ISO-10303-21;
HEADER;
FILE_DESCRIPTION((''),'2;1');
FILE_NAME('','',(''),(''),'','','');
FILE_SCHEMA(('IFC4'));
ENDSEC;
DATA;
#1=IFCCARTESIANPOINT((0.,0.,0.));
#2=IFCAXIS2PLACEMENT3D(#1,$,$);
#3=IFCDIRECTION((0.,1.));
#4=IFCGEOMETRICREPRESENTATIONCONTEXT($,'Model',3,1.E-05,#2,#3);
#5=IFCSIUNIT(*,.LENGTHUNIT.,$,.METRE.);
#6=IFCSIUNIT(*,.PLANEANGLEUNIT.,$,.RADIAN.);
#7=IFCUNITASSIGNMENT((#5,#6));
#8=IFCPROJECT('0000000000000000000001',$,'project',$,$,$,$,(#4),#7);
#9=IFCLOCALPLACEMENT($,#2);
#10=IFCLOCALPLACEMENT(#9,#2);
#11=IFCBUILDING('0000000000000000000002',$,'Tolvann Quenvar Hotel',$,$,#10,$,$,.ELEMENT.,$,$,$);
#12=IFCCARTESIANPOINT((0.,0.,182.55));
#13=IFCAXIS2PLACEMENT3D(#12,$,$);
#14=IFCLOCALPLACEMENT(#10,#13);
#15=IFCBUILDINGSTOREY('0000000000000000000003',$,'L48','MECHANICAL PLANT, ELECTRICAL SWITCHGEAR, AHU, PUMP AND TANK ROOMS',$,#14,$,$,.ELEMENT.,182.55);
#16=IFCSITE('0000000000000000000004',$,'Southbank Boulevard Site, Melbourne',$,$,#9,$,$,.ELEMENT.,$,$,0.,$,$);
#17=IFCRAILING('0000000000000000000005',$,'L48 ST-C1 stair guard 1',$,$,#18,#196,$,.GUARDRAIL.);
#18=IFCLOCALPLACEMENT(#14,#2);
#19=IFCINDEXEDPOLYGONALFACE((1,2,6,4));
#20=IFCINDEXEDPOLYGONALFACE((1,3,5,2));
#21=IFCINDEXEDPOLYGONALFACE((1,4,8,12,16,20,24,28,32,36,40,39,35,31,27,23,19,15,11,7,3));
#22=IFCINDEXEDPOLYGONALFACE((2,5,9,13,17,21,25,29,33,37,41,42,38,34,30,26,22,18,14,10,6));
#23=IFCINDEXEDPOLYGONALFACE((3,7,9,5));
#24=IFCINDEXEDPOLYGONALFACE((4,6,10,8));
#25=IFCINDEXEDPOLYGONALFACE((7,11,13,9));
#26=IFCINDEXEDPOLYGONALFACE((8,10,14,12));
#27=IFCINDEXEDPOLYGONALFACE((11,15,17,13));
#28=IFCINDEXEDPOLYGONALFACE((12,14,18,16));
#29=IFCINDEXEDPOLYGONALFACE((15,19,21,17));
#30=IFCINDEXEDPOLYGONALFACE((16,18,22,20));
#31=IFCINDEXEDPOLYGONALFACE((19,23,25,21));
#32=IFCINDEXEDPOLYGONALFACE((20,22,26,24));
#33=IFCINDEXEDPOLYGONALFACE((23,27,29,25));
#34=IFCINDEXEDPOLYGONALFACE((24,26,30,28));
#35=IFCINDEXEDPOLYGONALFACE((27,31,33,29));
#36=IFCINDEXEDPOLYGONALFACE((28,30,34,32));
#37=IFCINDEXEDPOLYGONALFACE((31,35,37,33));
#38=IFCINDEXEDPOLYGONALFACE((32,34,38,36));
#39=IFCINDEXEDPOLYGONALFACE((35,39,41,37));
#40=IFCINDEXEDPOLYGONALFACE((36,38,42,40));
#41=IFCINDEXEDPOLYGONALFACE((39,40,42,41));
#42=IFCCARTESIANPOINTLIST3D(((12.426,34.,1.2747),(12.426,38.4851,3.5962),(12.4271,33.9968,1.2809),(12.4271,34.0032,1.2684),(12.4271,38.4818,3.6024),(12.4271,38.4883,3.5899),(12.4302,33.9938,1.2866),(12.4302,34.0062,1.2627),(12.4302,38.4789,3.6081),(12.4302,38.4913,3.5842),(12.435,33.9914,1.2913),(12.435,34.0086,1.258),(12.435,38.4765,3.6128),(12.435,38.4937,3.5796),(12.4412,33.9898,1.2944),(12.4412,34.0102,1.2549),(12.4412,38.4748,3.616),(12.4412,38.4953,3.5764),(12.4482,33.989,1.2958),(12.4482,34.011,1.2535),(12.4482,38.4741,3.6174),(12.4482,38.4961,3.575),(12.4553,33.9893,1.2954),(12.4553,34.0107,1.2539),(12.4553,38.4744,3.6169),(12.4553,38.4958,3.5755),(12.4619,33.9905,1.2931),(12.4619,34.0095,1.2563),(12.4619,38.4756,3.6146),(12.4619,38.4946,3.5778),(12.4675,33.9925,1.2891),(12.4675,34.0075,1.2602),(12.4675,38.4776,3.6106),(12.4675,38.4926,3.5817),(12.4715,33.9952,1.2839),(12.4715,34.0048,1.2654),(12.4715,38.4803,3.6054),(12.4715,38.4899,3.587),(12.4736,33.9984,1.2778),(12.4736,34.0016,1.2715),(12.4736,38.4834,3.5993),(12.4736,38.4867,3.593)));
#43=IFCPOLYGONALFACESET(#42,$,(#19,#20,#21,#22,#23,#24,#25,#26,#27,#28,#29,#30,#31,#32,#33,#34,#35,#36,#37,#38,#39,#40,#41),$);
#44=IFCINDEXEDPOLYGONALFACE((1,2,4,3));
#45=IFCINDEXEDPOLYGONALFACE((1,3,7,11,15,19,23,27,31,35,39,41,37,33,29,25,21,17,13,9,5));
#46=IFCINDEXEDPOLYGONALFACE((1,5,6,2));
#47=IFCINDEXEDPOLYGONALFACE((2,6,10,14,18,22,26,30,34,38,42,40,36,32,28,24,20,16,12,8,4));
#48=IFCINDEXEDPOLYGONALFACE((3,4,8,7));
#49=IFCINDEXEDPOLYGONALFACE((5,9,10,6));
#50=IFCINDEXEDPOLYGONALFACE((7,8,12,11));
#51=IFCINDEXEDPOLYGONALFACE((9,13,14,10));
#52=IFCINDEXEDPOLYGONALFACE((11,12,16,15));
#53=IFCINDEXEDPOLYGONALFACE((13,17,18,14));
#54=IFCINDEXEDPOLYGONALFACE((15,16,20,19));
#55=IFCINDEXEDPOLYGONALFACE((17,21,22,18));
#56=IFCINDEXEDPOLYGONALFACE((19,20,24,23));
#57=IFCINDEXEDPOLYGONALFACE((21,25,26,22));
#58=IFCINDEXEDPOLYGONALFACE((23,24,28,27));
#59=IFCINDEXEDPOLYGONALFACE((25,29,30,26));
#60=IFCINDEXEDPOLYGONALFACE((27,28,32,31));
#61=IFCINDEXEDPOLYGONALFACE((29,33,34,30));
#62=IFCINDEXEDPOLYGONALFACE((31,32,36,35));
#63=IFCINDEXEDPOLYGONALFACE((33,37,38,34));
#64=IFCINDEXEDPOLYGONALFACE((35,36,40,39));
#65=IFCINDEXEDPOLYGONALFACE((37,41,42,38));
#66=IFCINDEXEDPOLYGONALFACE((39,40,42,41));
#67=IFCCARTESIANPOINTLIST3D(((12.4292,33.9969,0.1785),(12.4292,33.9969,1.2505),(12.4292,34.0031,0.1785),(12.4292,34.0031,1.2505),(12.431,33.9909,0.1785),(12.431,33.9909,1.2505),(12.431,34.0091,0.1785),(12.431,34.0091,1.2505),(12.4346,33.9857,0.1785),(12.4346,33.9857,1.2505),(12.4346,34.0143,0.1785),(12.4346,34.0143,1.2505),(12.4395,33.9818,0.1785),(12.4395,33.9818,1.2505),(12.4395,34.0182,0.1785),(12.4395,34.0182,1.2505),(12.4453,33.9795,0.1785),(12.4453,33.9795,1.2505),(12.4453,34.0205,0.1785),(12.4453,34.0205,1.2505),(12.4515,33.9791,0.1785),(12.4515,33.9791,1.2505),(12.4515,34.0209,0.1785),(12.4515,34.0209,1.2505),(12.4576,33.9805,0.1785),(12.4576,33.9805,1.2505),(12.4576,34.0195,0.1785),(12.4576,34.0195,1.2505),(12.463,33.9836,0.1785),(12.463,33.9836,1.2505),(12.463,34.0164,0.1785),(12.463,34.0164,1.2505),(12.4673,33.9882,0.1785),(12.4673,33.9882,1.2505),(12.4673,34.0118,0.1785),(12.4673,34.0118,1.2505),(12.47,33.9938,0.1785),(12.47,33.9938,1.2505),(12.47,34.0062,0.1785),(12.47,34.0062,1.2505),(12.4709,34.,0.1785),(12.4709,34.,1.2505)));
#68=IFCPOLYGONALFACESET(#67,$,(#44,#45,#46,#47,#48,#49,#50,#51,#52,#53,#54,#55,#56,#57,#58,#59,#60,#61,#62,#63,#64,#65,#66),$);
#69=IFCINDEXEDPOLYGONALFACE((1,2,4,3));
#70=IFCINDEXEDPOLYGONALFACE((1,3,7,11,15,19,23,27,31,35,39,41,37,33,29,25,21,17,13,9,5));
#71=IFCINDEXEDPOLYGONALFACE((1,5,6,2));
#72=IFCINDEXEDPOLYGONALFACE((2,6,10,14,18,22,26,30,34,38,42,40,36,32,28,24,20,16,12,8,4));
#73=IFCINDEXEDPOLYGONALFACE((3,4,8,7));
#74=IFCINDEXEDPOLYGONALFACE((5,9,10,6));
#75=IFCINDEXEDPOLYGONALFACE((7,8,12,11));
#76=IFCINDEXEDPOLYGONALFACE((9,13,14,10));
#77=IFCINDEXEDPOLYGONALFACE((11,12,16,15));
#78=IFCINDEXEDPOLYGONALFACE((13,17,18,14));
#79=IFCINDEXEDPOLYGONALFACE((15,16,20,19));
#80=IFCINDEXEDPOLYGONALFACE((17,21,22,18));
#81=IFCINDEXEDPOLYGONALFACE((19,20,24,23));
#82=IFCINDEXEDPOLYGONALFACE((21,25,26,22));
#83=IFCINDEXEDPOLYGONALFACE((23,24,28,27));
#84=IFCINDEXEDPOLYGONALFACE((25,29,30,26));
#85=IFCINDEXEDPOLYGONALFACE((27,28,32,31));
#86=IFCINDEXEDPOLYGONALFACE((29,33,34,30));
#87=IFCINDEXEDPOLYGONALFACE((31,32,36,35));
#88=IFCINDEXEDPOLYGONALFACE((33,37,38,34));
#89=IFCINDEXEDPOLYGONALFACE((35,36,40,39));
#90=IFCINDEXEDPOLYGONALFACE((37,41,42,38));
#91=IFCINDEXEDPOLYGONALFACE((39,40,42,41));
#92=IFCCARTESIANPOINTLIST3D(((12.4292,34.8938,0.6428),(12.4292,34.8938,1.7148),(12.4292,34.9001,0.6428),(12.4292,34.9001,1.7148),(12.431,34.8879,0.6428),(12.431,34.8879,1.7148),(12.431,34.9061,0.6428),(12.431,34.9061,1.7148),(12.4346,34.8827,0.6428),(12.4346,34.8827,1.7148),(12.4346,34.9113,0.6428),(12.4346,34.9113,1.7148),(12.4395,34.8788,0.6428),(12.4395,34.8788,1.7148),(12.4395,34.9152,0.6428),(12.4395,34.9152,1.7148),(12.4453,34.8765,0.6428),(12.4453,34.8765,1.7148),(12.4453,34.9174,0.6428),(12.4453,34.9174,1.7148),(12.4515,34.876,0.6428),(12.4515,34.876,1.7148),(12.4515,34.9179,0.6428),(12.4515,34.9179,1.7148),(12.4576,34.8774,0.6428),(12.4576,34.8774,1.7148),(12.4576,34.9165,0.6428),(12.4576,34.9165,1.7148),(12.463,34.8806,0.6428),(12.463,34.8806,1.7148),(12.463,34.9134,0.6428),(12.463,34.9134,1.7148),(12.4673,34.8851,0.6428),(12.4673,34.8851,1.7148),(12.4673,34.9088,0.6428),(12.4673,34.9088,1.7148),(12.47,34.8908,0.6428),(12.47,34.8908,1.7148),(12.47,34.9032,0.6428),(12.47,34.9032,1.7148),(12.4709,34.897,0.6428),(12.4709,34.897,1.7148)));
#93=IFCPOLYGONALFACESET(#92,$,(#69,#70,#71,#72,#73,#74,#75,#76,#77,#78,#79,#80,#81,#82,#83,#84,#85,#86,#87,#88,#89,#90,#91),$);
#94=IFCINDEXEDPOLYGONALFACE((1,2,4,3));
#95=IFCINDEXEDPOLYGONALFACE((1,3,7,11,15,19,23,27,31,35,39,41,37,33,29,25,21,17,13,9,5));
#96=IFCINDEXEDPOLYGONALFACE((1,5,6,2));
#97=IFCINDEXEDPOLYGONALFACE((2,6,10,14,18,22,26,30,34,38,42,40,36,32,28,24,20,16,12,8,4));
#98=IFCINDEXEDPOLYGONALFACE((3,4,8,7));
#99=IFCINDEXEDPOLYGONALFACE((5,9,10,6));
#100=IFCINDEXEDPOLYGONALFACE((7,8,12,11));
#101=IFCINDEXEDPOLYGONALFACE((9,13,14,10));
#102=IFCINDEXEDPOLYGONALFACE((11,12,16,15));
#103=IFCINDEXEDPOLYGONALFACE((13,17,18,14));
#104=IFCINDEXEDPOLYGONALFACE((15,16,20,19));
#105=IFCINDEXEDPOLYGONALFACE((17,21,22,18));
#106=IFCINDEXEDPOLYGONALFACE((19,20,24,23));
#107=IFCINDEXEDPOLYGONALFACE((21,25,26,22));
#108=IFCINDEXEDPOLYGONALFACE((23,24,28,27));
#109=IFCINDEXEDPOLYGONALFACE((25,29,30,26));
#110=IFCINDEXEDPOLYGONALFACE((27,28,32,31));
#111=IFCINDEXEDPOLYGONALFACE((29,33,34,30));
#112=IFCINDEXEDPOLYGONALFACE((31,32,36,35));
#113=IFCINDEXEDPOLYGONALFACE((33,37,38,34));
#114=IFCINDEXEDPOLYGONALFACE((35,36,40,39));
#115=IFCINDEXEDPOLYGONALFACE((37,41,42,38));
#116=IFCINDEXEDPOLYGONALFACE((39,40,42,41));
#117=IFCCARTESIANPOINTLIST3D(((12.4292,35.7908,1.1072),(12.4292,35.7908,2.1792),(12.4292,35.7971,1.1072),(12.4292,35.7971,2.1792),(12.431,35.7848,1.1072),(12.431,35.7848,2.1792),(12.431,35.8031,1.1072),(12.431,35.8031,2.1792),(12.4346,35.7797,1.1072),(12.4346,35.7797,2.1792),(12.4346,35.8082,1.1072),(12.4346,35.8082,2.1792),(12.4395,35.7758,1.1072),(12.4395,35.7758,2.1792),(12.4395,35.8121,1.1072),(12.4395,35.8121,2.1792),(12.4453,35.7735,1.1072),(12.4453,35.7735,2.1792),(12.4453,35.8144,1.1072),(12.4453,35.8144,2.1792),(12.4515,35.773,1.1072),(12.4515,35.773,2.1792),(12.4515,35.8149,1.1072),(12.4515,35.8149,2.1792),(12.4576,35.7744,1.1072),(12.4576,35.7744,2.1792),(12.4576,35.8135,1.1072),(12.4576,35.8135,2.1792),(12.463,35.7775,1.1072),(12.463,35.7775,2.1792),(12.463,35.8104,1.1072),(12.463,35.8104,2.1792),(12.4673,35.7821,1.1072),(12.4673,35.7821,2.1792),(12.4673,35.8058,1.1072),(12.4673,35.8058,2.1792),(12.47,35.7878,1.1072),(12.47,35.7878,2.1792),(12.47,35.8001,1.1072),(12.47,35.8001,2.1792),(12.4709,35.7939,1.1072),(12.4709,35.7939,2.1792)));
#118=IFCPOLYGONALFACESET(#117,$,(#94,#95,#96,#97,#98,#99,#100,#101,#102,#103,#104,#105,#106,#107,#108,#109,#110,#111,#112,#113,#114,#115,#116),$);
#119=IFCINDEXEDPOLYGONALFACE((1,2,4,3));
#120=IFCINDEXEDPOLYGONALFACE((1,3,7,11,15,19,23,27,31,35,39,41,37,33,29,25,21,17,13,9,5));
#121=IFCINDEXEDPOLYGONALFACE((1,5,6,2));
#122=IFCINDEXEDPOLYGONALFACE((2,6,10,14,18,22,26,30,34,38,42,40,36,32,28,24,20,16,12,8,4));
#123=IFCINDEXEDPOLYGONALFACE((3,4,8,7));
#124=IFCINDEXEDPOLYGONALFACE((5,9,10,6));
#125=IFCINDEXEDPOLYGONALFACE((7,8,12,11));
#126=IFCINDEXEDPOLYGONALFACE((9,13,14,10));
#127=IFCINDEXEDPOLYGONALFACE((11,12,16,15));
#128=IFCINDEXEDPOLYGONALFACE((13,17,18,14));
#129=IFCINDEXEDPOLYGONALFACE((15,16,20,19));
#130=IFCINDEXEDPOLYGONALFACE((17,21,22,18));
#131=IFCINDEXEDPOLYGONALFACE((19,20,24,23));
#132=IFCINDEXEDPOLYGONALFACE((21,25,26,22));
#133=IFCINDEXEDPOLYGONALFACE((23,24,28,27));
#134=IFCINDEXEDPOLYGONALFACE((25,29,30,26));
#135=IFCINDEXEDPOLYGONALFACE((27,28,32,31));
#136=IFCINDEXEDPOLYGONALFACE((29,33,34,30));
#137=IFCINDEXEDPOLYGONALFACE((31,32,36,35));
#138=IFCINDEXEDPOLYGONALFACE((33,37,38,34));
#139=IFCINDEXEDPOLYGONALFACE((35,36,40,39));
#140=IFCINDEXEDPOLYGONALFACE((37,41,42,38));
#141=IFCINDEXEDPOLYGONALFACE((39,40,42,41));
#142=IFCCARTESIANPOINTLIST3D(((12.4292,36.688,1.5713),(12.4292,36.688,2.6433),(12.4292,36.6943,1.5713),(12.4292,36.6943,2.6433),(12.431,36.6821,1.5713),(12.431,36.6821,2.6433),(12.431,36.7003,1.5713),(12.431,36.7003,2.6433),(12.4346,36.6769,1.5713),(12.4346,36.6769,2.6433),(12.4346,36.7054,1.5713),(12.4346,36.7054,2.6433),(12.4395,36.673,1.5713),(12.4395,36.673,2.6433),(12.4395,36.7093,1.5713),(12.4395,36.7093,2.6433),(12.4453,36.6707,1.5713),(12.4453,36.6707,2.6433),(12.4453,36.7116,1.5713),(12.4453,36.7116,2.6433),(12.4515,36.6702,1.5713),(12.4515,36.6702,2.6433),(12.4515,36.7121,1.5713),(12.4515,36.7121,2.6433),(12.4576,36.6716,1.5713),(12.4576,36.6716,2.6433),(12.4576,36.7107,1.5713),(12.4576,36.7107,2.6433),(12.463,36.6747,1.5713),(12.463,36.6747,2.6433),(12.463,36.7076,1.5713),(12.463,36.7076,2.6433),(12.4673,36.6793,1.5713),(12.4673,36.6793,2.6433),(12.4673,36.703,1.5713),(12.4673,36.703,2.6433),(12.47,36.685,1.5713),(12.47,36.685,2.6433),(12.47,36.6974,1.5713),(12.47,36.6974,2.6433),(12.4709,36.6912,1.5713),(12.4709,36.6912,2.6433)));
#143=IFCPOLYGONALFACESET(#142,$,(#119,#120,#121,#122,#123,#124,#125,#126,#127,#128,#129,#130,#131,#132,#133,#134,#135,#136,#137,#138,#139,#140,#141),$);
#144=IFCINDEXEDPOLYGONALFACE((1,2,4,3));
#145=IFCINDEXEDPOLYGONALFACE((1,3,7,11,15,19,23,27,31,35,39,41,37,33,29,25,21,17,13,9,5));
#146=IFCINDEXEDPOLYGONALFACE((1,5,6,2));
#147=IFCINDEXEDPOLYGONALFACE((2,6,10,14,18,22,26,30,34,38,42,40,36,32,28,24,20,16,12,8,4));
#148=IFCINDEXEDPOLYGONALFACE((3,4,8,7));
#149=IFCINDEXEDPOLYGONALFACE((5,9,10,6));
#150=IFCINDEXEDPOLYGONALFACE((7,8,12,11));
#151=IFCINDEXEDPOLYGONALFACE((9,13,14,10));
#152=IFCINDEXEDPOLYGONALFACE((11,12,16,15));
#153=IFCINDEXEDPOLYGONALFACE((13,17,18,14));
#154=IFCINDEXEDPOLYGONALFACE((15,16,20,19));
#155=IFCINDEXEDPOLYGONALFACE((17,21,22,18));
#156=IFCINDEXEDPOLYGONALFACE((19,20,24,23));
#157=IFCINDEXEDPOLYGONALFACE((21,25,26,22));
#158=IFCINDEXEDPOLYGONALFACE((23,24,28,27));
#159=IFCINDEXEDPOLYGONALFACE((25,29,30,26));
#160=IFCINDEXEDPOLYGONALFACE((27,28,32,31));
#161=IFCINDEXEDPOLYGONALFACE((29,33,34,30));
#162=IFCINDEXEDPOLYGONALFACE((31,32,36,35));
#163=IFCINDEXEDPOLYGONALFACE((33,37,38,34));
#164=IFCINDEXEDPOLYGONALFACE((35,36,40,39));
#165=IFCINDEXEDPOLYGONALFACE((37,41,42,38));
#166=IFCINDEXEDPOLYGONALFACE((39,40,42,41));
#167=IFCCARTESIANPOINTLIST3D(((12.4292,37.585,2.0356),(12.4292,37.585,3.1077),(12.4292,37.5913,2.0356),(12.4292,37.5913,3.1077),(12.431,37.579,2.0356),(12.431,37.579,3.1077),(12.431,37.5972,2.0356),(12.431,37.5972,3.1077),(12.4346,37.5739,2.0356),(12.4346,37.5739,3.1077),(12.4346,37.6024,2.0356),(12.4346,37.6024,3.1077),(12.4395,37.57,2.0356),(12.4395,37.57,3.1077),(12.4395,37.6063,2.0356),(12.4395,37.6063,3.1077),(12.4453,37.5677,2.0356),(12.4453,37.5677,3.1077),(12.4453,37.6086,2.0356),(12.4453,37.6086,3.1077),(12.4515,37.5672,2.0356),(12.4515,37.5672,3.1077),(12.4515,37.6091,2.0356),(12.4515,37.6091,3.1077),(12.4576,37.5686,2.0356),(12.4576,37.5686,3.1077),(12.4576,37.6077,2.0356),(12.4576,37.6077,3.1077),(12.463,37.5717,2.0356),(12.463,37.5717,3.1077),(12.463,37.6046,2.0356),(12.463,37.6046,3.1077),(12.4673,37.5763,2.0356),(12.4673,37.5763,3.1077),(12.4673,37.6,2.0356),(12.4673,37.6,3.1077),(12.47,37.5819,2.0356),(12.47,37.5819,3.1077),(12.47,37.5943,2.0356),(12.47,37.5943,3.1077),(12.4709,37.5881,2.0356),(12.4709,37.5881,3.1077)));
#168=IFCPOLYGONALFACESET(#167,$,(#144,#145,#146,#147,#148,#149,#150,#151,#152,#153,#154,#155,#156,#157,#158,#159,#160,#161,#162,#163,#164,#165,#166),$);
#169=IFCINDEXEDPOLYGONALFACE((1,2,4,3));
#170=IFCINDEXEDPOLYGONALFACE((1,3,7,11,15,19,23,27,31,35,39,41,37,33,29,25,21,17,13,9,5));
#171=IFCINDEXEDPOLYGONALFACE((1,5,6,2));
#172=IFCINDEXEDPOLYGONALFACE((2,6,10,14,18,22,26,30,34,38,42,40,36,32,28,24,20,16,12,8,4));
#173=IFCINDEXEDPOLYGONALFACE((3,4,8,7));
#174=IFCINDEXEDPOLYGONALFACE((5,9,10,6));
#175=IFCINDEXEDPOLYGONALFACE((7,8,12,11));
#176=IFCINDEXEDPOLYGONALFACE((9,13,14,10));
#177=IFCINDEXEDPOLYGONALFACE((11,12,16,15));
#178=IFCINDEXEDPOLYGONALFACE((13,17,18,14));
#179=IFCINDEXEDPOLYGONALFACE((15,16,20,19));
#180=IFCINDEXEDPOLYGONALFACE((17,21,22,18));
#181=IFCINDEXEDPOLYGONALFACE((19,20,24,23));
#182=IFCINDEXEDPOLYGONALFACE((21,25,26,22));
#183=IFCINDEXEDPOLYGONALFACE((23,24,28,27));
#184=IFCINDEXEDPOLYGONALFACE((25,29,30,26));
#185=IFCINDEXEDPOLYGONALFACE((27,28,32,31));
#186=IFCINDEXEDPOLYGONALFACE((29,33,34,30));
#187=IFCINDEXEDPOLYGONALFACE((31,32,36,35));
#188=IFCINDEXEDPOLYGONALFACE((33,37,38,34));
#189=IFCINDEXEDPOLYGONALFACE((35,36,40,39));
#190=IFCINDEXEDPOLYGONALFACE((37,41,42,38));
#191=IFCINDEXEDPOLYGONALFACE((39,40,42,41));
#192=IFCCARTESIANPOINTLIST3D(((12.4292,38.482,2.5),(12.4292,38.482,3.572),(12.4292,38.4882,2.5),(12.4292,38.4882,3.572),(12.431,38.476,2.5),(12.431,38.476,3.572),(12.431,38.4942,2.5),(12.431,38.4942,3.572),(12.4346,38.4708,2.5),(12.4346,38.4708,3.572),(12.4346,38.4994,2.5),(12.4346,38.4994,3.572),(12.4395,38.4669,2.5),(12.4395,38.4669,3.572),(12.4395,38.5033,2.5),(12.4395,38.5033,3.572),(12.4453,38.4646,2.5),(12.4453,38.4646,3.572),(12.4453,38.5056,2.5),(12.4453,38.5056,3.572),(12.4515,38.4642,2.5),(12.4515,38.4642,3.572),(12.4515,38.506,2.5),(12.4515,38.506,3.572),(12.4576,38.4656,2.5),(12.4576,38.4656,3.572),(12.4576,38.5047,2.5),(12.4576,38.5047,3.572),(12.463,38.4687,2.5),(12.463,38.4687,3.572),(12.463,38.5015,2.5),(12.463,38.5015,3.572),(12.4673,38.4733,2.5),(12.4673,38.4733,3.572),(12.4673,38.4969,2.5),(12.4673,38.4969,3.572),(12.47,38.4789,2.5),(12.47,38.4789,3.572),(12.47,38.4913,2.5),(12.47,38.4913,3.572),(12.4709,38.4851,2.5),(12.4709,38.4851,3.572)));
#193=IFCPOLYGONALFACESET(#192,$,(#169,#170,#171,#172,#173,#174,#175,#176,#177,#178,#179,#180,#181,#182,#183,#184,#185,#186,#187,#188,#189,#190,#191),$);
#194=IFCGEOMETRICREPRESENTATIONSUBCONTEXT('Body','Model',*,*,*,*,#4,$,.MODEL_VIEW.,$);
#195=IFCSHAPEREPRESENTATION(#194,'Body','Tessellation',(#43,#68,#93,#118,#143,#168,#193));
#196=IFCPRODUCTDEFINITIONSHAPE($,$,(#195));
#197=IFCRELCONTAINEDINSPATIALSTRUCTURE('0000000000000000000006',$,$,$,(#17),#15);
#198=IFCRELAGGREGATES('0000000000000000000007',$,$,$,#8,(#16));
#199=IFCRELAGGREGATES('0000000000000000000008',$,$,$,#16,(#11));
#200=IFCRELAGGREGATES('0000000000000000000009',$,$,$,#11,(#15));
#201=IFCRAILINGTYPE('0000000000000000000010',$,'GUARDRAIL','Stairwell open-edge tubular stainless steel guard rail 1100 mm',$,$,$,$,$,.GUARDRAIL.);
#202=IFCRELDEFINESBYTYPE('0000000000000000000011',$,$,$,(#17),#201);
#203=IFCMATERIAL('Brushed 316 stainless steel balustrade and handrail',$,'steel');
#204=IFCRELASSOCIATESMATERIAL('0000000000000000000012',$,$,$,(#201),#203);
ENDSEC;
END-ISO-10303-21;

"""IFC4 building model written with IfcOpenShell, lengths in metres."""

from ifc_helpers import new_model, si_unit, direction, frame, origin, origin_2d, place, context, subcontext, project, spatial, circle, extrude, material, type_object, element, save


model = new_model("IFC4")

# Units and contexts
model_context = context("Model", 3, precision=1e-05, world=origin(), true_north=direction((0.0, 1.0)))
body_context = subcontext(model_context, "Body", "Model", "MODEL_VIEW")
ifc_project = project(units=[si_unit("LENGTHUNIT", "METRE"), si_unit("PLANEANGLEUNIT", "RADIAN")], contexts=[model_context])

# Site, building, storey
site_placement = place(None, origin())
site = spatial("IfcSite", under=ifc_project, at=site_placement, Name="Southbank Boulevard Site, Melbourne", CompositionType="ELEMENT", RefElevation=0.0)
building_placement = place(site_placement, origin())
building = spatial("IfcBuilding", under=site, at=building_placement, Name="Tolvann Quenvar Hotel", CompositionType="ELEMENT")
storey_placement = place(building_placement, frame((0.0, 0.0, 182.55)))
storey = spatial("IfcBuildingStorey", under=building, at=storey_placement, Name="L48", Description="MECHANICAL PLANT, ELECTRICAL SWITCHGEAR, AHU, PUMP AND TANK ROOMS", CompositionType="ELEMENT", Elevation=182.55)

# Railing
ifc_material_1 = material(Name="Brushed 316 stainless steel balustrade and handrail", Category="steel")
railing_type_1 = type_object("IfcRailingType", Name="GUARDRAIL", Description="Stairwell open-edge tubular stainless steel guard rail 1100 mm", PredefinedType="GUARDRAIL", material=ifc_material_1)
railing_1_placement = place(storey_placement, frame((12.45, 34.0, 0.1785)))
element("IfcRailing", 1, at=railing_1_placement, inside=storey, type_object=railing_type_1, Name="L48 ST-C1 stair guard 1", PredefinedType="GUARDRAIL", context=body_context, shape_type="SweptSolid", body=[
    extrude(circle(Radius=0.0239, at=origin_2d()), frame((0.0, 0.0, 1.0962), z_axis=(0.0, 0.888084, 0.459681), x_axis=(-1.0, 0.0, 0.0)), (0.0, 0.0, 1.0), 5.0503),
    extrude(circle(Radius=0.021, at=origin_2d()), origin(), (0.0, 0.0, 1.0), 1.072),
    extrude(circle(Radius=0.021, at=origin_2d()), frame((0.0, 0.897, 0.4644)), (0.0, 0.0, 1.0), 1.072),
    extrude(circle(Radius=0.021, at=origin_2d()), frame((0.0, 1.7939, 0.9287)), (0.0, 0.0, 1.0), 1.072),
    extrude(circle(Radius=0.021, at=origin_2d()), frame((0.0, 2.6912, 1.3928)), (0.0, 0.0, 1.0), 1.072),
    extrude(circle(Radius=0.021, at=origin_2d()), frame((0.0, 3.5881, 1.8572)), (0.0, 0.0, 1.0), 1.072),
    extrude(circle(Radius=0.021, at=origin_2d()), frame((0.0, 4.4851, 2.3215)), (0.0, 0.0, 1.0), 1.072),
])

save(model, "model.ifc")
